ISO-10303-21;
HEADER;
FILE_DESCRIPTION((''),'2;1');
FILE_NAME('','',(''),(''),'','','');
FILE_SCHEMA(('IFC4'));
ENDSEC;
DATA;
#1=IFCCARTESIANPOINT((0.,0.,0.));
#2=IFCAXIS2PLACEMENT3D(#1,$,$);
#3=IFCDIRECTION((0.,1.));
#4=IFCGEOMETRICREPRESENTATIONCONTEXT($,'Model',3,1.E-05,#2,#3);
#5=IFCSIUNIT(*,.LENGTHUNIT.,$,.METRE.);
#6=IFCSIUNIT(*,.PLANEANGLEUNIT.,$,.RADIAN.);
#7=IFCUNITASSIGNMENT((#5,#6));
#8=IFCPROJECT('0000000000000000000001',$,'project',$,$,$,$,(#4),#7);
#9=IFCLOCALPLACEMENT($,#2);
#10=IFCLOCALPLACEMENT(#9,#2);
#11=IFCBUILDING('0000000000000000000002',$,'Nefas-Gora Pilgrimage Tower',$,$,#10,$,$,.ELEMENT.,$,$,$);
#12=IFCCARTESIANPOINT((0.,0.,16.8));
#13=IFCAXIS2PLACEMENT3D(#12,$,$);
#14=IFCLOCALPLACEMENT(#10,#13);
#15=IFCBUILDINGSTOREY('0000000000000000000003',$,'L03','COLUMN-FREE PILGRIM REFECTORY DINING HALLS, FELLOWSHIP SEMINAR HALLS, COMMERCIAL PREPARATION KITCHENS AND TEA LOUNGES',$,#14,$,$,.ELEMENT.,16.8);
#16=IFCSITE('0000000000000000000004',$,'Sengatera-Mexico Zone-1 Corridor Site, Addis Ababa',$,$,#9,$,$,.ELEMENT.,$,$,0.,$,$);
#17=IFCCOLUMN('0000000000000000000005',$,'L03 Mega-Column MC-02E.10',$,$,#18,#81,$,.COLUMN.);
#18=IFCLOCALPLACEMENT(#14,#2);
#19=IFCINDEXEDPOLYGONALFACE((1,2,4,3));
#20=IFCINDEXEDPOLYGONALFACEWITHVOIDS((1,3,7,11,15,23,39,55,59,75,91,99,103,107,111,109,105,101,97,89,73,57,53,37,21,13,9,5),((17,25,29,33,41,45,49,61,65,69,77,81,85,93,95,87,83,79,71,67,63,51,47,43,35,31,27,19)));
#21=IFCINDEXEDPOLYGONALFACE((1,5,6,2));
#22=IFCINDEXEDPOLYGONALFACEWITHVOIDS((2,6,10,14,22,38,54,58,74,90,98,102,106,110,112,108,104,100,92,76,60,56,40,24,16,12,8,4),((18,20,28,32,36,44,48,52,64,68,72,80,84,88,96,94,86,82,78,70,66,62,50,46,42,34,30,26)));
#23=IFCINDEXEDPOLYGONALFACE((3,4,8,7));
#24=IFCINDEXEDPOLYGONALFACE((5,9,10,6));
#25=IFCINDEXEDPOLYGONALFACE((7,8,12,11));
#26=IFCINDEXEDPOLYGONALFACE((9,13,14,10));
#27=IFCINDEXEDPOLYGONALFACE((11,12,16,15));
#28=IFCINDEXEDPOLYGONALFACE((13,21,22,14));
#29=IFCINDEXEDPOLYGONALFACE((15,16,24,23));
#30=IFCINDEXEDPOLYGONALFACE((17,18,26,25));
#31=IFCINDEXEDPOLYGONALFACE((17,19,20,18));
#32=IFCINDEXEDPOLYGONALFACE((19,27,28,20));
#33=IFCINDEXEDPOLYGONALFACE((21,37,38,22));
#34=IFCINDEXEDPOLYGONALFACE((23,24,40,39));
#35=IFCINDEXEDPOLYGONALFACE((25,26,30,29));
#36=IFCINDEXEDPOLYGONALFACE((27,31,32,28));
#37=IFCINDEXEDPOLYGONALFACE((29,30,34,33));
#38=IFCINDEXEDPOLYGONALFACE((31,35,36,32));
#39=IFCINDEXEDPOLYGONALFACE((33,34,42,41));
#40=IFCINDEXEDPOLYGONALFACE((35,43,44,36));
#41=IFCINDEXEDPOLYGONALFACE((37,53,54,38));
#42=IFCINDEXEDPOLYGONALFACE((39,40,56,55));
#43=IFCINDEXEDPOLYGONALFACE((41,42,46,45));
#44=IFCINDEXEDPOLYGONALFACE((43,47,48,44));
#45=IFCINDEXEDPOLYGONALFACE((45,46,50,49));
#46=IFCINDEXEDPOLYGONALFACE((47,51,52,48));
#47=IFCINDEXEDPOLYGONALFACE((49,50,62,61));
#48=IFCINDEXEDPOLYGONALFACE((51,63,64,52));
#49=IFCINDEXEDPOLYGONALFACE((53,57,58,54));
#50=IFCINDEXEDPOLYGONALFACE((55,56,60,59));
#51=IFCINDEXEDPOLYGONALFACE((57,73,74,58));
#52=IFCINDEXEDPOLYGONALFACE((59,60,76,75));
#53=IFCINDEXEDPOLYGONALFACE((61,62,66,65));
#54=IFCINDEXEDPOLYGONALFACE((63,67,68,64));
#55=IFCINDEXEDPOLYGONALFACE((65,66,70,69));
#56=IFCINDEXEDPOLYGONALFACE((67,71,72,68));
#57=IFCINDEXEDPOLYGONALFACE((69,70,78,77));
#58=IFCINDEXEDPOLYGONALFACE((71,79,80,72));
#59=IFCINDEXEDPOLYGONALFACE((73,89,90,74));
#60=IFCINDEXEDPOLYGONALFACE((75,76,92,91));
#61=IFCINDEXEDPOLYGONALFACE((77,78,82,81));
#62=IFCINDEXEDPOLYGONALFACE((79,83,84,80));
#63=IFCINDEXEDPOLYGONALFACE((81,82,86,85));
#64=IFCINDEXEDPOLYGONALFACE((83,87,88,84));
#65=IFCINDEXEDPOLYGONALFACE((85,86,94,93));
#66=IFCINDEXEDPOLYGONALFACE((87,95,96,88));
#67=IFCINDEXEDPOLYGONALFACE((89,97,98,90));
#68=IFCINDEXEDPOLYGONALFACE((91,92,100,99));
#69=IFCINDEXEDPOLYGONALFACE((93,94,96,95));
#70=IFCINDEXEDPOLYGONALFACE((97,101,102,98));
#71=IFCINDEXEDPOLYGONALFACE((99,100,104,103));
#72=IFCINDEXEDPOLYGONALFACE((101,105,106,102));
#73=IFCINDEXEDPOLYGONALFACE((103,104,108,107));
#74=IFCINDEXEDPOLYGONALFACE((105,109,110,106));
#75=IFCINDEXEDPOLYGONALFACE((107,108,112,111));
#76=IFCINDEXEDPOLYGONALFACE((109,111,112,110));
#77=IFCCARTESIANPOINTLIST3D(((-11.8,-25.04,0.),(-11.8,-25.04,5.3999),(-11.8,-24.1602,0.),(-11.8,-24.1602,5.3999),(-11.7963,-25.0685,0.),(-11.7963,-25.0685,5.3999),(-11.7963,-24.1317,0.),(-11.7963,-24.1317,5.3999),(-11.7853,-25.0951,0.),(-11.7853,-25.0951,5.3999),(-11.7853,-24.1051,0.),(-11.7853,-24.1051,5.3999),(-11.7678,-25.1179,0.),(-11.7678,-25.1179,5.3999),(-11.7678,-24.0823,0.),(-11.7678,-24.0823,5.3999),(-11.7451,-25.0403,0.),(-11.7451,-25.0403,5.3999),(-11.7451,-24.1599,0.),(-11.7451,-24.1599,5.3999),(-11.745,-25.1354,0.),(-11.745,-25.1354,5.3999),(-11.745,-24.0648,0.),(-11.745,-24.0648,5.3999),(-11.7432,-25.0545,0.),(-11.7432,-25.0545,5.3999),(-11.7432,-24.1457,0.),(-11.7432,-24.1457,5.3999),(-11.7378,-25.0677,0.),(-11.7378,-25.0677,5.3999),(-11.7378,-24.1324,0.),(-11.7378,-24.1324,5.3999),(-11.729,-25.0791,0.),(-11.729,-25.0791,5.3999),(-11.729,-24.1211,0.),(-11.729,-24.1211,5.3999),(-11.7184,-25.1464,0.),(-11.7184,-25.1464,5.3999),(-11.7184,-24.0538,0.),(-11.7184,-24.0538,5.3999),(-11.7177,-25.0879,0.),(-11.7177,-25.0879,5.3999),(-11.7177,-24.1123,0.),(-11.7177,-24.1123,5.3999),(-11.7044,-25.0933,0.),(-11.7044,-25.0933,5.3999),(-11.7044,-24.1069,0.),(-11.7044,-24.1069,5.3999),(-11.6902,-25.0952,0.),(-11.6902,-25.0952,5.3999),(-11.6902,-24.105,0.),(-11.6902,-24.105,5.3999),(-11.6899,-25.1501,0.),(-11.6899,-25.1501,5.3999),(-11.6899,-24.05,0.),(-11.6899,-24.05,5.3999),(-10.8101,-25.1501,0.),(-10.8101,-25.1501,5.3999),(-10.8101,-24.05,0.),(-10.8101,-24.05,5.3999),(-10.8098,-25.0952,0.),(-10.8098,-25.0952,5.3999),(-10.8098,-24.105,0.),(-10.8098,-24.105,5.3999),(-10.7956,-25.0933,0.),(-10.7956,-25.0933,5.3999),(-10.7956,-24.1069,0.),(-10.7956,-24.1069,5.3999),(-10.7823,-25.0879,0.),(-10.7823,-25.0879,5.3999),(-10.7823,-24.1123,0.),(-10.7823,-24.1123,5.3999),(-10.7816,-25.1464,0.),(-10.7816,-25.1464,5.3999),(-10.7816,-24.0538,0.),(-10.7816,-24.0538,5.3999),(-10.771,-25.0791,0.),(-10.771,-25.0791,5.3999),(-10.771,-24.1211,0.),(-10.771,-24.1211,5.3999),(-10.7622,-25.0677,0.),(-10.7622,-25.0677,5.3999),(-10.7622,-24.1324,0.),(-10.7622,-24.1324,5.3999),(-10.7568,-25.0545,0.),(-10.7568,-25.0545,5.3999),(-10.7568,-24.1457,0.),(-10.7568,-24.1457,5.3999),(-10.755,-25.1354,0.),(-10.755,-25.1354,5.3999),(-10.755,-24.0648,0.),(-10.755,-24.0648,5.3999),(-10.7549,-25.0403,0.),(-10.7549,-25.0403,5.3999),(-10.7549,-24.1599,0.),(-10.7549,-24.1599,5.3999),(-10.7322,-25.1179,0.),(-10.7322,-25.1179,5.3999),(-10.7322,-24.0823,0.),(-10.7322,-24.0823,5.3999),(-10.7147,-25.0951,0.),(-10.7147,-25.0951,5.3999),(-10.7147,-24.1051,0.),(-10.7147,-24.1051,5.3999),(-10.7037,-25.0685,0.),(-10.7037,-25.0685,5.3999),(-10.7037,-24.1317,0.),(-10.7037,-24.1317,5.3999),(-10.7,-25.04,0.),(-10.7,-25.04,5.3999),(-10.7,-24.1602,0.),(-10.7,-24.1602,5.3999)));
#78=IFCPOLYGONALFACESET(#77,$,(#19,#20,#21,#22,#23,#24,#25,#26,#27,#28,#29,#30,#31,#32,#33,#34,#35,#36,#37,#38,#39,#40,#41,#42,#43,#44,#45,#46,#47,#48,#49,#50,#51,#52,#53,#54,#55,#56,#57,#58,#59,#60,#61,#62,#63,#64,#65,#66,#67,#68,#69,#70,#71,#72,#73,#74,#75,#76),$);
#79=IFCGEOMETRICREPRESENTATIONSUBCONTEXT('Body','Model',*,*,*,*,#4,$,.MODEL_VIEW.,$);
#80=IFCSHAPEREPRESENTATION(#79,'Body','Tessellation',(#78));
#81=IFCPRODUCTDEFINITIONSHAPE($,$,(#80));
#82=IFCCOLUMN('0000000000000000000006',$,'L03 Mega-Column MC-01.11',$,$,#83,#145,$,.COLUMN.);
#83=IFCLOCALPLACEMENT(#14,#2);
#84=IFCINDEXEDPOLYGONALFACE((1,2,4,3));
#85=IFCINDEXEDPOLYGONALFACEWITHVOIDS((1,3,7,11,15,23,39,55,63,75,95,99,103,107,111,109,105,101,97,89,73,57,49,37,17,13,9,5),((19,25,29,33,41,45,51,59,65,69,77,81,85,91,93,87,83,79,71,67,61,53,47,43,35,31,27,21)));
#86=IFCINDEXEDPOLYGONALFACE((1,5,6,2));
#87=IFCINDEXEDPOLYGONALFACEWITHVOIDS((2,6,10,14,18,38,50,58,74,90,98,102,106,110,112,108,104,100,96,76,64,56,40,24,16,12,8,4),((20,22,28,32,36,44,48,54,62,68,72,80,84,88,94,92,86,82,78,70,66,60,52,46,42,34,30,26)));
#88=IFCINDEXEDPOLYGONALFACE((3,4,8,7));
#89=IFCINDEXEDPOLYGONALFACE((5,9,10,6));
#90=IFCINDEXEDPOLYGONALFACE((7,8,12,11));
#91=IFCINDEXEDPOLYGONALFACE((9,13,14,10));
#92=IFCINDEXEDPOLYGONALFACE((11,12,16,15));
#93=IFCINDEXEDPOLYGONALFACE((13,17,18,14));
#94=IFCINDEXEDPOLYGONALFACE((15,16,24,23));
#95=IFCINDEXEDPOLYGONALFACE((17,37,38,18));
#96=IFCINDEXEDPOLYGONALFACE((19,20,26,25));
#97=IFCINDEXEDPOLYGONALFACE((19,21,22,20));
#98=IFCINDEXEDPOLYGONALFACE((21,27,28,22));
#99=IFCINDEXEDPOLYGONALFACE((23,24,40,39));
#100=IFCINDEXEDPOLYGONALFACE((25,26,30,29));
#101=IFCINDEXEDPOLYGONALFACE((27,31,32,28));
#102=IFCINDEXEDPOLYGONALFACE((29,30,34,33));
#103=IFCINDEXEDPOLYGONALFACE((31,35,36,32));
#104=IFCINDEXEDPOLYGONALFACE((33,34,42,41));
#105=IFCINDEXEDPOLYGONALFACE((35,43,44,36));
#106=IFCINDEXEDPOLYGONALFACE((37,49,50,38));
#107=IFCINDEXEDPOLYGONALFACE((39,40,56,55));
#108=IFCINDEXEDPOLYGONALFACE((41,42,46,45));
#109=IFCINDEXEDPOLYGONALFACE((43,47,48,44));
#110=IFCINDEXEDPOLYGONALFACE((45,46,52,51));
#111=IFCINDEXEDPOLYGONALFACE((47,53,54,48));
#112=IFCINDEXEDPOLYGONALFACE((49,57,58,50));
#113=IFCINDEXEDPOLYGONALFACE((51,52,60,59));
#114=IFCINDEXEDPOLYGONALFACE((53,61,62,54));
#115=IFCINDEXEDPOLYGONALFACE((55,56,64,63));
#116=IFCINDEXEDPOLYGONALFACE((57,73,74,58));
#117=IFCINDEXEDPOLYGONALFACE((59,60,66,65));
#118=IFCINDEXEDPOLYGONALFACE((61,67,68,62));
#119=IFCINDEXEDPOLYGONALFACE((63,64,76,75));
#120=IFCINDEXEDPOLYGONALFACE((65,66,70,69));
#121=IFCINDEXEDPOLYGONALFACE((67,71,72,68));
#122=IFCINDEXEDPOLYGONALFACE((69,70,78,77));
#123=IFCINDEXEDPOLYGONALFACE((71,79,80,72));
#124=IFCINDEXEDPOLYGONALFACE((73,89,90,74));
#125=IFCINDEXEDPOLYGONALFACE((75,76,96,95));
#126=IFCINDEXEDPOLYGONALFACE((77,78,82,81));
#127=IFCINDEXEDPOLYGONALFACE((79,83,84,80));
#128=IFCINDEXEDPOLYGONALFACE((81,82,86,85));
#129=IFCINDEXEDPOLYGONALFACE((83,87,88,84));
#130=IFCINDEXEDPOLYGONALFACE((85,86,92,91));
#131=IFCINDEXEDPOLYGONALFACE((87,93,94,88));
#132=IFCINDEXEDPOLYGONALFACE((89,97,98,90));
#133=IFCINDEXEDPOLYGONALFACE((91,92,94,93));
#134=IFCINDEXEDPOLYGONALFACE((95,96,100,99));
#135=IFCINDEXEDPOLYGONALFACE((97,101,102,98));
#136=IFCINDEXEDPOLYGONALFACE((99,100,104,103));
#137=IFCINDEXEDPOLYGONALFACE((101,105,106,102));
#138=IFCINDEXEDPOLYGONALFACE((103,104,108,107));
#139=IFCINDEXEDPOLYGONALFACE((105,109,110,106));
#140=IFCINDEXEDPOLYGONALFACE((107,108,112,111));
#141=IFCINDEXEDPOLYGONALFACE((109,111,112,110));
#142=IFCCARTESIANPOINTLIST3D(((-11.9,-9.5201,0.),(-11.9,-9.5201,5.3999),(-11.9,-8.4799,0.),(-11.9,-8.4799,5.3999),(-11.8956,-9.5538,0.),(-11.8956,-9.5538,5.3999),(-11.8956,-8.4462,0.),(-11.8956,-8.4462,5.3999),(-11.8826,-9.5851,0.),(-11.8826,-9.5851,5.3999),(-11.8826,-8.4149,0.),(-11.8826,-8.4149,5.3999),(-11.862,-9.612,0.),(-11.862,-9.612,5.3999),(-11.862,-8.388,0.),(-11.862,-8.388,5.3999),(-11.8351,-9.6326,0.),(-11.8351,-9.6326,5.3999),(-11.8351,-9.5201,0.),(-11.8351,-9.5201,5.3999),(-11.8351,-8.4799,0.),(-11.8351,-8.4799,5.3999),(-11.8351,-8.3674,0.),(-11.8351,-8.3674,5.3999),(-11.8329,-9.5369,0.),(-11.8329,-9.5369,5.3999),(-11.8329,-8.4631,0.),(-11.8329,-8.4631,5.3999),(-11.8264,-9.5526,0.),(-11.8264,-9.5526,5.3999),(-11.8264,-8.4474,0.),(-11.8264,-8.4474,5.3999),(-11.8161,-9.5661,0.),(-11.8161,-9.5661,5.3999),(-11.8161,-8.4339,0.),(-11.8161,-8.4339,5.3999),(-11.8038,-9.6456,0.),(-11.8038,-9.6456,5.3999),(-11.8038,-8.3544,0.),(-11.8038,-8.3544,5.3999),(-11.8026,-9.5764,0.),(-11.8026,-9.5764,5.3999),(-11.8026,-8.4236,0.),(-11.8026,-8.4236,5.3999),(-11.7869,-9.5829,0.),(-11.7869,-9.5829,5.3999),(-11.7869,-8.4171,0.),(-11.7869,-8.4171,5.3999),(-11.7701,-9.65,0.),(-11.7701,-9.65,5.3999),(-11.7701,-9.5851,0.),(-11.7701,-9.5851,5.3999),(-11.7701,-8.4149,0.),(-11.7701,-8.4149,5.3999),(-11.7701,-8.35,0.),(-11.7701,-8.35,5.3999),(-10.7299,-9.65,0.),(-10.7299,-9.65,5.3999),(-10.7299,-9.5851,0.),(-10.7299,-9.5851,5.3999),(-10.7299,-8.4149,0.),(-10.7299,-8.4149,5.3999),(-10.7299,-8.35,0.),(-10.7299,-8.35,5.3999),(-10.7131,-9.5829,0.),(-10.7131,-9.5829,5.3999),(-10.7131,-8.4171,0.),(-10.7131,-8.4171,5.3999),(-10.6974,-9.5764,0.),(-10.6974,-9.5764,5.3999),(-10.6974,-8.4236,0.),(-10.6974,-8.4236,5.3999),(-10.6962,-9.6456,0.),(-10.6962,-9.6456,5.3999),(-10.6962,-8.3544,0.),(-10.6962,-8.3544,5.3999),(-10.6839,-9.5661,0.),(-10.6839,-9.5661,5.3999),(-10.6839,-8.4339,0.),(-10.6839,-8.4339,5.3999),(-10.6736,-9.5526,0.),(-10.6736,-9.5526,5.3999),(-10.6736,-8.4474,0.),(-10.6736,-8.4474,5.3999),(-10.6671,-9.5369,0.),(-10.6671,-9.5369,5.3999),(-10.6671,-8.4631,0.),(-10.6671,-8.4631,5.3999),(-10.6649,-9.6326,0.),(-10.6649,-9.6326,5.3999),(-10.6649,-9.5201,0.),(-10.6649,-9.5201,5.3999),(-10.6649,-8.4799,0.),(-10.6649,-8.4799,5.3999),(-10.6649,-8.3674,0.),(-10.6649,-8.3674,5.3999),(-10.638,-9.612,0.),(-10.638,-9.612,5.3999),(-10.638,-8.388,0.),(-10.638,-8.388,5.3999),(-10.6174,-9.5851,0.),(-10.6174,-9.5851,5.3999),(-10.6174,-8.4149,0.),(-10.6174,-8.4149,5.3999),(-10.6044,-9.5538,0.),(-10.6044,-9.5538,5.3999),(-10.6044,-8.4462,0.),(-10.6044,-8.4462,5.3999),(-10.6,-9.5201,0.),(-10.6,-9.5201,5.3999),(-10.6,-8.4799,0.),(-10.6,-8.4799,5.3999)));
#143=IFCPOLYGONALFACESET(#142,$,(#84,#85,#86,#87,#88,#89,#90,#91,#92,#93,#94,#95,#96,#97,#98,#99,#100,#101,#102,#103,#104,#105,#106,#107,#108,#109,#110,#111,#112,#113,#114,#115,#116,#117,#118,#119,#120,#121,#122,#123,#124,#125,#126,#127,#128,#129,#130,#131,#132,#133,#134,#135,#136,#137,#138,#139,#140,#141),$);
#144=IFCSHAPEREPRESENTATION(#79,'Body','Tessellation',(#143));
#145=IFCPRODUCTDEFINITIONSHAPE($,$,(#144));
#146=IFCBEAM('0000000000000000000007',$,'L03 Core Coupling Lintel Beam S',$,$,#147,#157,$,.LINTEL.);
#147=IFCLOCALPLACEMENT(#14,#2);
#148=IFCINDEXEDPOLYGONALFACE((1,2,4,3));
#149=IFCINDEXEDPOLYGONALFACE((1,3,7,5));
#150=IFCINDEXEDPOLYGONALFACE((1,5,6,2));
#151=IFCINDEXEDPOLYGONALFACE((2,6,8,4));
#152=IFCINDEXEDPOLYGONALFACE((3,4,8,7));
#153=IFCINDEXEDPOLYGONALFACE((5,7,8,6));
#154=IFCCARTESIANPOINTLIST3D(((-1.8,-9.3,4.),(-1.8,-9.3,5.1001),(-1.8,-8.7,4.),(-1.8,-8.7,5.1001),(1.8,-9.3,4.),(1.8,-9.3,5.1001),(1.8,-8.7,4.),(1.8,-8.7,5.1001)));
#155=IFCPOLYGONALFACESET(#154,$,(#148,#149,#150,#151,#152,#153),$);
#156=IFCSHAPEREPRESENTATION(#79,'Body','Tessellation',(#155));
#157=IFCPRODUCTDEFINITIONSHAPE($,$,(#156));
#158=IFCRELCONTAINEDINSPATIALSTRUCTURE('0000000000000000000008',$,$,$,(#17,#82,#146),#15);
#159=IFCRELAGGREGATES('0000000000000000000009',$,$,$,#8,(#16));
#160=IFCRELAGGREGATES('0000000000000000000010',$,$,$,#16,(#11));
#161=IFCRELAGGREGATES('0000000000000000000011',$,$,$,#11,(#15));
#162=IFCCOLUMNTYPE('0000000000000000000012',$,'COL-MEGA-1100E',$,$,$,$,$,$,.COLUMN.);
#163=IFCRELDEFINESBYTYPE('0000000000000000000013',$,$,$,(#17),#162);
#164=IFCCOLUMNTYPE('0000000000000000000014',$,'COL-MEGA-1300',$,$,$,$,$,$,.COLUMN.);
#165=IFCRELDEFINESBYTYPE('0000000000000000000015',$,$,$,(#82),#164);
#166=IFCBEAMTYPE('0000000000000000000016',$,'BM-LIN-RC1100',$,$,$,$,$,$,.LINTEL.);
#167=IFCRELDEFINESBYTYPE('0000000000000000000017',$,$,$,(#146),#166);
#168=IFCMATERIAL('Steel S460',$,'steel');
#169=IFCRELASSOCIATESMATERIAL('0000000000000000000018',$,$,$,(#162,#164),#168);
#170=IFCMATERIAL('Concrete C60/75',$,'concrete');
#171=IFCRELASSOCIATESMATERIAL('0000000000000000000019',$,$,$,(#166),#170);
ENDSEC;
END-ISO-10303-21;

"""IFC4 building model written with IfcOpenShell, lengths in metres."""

from ifc_helpers import new_model, si_unit, direction, frame, origin, origin_2d, place, context, subcontext, project, spatial, rectangle, hollow_rectangle, extrude, source, transform, mapped, material, material_profile, profile_set, type_object, element, save


model = new_model("IFC4")

# Units and contexts
model_context = context("Model", 3, precision=1e-05, world=origin(), true_north=direction((0.0, 1.0)))
body_context = subcontext(model_context, "Body", "Model", "MODEL_VIEW")
ifc_project = project(units=[si_unit("LENGTHUNIT", "METRE"), si_unit("PLANEANGLEUNIT", "RADIAN")], contexts=[model_context])

# Site, building, storey
site_placement = place(None, origin())
site = spatial("IfcSite", under=ifc_project, at=site_placement, Name="Sengatera-Mexico Zone-1 Corridor Site, Addis Ababa", CompositionType="ELEMENT", RefElevation=0.0)
building_placement = place(site_placement, origin())
building = spatial("IfcBuilding", under=site, at=building_placement, Name="Nefas-Gora Pilgrimage Tower", CompositionType="ELEMENT")
storey_placement = place(building_placement, frame((0.0, 0.0, 16.8)))
storey = spatial("IfcBuildingStorey", under=building, at=storey_placement, Name="L03", Description="COLUMN-FREE PILGRIM REFECTORY DINING HALLS, FELLOWSHIP SEMINAR HALLS, COMMERCIAL PREPARATION KITCHENS AND TEA LOUNGES", CompositionType="ELEMENT", Elevation=16.8)

# Columns
ifc_material_1 = material(Name="Steel S460", Category="steel")
ifc_material_profile_1 = material_profile(ifc_material_1, hollow_rectangle(XDim=1.1001, YDim=1.1001, WallThickness=0.0549, InnerFilletRadius=0.0549, OuterFilletRadius=0.1101, at=origin_2d()), Name="BOX 1100x1100x55")
ifc_profile_set_1 = profile_set([ifc_material_profile_1], Name="Steel S460")
column_type_1 = type_object("IfcColumnType", Name="COL-MEGA-1100E", PredefinedType="COLUMN", material=ifc_profile_set_1)
shared_shape_1 = source(origin(), body_context, "Body", "SweptSolid", [
    extrude(hollow_rectangle(XDim=1.1001, YDim=1.1001, WallThickness=0.0549, InnerFilletRadius=0.0549, OuterFilletRadius=0.1101, at=origin_2d()), origin(), (0.0, 0.0, 1.0), 5.3999),
])
column_1_placement = place(storey_placement, frame((-11.25, -24.6001, 0.0), z_axis=(0.0, 0.0, 1.0), x_axis=(1.0, 0.0, 0.0)))
element("IfcColumn", 1, at=column_1_placement, inside=storey, type_object=column_type_1, Name="L03 Mega-Column MC-02E.10", PredefinedType="COLUMN", context=body_context, shape_type="MappedRepresentation", body=[
    mapped(shared_shape_1, transform((0.0, 0.0, 0.0), x_axis=(1.0, 0.0, 0.0), y_axis=(0.0, 1.0, 0.0), z_axis=(0.0, 0.0, 1.0), scale=1.0)),
])
ifc_material_profile_2 = material_profile(ifc_material_1, hollow_rectangle(XDim=1.3, YDim=1.3, WallThickness=0.0649, InnerFilletRadius=0.0649, OuterFilletRadius=0.1299, at=origin_2d()), Name="BOX 1300x1300x65")
ifc_profile_set_2 = profile_set([ifc_material_profile_2], Name="Steel S460")
column_type_2 = type_object("IfcColumnType", Name="COL-MEGA-1300", PredefinedType="COLUMN", material=ifc_profile_set_2)
shared_shape_2 = source(origin(), body_context, "Body", "SweptSolid", [
    extrude(hollow_rectangle(XDim=1.3, YDim=1.3, WallThickness=0.0649, InnerFilletRadius=0.0649, OuterFilletRadius=0.1299, at=origin_2d()), origin(), (0.0, 0.0, 1.0), 5.3999),
])
column_2_placement = place(storey_placement, frame((-11.25, -9.0, 0.0), z_axis=(0.0, 0.0, 1.0), x_axis=(1.0, 0.0, 0.0)))
element("IfcColumn", 2, at=column_2_placement, inside=storey, type_object=column_type_2, Name="L03 Mega-Column MC-01.11", PredefinedType="COLUMN", context=body_context, shape_type="MappedRepresentation", body=[
    mapped(shared_shape_2, transform((0.0, 0.0, 0.0), x_axis=(1.0, 0.0, 0.0), y_axis=(0.0, 1.0, 0.0), z_axis=(0.0, 0.0, 1.0), scale=1.0)),
])

# Beam
ifc_material_2 = material(Name="Concrete C60/75", Category="concrete")
ifc_material_profile_3 = material_profile(ifc_material_2, rectangle(XDim=0.6001, YDim=1.1001, at=origin_2d()), Name="RC 600x1100")
ifc_profile_set_3 = profile_set([ifc_material_profile_3], Name="Concrete C60/75")
beam_type_1 = type_object("IfcBeamType", Name="BM-LIN-RC1100", PredefinedType="LINTEL", material=ifc_profile_set_3)
shared_shape_3 = source(origin(), body_context, "Body", "SweptSolid", [
    extrude(rectangle(XDim=0.6001, YDim=1.1001, at=origin_2d()), origin(), (0.0, 0.0, 1.0), 3.6001),
])
beam_1_placement = place(storey_placement, frame((-1.8, -9.0, 4.55), z_axis=(1.0, 0.0, 0.0), x_axis=(0.0, 1.0, 0.0)))
element("IfcBeam", 3, at=beam_1_placement, inside=storey, type_object=beam_type_1, Name="L03 Core Coupling Lintel Beam S", PredefinedType="LINTEL", context=body_context, shape_type="MappedRepresentation", body=[
    mapped(shared_shape_3, transform((0.0, 0.0, 0.0), x_axis=(1.0, 0.0, 0.0), y_axis=(0.0, 1.0, 0.0), z_axis=(0.0, 0.0, 1.0), scale=1.0)),
])

save(model, "model.ifc")
